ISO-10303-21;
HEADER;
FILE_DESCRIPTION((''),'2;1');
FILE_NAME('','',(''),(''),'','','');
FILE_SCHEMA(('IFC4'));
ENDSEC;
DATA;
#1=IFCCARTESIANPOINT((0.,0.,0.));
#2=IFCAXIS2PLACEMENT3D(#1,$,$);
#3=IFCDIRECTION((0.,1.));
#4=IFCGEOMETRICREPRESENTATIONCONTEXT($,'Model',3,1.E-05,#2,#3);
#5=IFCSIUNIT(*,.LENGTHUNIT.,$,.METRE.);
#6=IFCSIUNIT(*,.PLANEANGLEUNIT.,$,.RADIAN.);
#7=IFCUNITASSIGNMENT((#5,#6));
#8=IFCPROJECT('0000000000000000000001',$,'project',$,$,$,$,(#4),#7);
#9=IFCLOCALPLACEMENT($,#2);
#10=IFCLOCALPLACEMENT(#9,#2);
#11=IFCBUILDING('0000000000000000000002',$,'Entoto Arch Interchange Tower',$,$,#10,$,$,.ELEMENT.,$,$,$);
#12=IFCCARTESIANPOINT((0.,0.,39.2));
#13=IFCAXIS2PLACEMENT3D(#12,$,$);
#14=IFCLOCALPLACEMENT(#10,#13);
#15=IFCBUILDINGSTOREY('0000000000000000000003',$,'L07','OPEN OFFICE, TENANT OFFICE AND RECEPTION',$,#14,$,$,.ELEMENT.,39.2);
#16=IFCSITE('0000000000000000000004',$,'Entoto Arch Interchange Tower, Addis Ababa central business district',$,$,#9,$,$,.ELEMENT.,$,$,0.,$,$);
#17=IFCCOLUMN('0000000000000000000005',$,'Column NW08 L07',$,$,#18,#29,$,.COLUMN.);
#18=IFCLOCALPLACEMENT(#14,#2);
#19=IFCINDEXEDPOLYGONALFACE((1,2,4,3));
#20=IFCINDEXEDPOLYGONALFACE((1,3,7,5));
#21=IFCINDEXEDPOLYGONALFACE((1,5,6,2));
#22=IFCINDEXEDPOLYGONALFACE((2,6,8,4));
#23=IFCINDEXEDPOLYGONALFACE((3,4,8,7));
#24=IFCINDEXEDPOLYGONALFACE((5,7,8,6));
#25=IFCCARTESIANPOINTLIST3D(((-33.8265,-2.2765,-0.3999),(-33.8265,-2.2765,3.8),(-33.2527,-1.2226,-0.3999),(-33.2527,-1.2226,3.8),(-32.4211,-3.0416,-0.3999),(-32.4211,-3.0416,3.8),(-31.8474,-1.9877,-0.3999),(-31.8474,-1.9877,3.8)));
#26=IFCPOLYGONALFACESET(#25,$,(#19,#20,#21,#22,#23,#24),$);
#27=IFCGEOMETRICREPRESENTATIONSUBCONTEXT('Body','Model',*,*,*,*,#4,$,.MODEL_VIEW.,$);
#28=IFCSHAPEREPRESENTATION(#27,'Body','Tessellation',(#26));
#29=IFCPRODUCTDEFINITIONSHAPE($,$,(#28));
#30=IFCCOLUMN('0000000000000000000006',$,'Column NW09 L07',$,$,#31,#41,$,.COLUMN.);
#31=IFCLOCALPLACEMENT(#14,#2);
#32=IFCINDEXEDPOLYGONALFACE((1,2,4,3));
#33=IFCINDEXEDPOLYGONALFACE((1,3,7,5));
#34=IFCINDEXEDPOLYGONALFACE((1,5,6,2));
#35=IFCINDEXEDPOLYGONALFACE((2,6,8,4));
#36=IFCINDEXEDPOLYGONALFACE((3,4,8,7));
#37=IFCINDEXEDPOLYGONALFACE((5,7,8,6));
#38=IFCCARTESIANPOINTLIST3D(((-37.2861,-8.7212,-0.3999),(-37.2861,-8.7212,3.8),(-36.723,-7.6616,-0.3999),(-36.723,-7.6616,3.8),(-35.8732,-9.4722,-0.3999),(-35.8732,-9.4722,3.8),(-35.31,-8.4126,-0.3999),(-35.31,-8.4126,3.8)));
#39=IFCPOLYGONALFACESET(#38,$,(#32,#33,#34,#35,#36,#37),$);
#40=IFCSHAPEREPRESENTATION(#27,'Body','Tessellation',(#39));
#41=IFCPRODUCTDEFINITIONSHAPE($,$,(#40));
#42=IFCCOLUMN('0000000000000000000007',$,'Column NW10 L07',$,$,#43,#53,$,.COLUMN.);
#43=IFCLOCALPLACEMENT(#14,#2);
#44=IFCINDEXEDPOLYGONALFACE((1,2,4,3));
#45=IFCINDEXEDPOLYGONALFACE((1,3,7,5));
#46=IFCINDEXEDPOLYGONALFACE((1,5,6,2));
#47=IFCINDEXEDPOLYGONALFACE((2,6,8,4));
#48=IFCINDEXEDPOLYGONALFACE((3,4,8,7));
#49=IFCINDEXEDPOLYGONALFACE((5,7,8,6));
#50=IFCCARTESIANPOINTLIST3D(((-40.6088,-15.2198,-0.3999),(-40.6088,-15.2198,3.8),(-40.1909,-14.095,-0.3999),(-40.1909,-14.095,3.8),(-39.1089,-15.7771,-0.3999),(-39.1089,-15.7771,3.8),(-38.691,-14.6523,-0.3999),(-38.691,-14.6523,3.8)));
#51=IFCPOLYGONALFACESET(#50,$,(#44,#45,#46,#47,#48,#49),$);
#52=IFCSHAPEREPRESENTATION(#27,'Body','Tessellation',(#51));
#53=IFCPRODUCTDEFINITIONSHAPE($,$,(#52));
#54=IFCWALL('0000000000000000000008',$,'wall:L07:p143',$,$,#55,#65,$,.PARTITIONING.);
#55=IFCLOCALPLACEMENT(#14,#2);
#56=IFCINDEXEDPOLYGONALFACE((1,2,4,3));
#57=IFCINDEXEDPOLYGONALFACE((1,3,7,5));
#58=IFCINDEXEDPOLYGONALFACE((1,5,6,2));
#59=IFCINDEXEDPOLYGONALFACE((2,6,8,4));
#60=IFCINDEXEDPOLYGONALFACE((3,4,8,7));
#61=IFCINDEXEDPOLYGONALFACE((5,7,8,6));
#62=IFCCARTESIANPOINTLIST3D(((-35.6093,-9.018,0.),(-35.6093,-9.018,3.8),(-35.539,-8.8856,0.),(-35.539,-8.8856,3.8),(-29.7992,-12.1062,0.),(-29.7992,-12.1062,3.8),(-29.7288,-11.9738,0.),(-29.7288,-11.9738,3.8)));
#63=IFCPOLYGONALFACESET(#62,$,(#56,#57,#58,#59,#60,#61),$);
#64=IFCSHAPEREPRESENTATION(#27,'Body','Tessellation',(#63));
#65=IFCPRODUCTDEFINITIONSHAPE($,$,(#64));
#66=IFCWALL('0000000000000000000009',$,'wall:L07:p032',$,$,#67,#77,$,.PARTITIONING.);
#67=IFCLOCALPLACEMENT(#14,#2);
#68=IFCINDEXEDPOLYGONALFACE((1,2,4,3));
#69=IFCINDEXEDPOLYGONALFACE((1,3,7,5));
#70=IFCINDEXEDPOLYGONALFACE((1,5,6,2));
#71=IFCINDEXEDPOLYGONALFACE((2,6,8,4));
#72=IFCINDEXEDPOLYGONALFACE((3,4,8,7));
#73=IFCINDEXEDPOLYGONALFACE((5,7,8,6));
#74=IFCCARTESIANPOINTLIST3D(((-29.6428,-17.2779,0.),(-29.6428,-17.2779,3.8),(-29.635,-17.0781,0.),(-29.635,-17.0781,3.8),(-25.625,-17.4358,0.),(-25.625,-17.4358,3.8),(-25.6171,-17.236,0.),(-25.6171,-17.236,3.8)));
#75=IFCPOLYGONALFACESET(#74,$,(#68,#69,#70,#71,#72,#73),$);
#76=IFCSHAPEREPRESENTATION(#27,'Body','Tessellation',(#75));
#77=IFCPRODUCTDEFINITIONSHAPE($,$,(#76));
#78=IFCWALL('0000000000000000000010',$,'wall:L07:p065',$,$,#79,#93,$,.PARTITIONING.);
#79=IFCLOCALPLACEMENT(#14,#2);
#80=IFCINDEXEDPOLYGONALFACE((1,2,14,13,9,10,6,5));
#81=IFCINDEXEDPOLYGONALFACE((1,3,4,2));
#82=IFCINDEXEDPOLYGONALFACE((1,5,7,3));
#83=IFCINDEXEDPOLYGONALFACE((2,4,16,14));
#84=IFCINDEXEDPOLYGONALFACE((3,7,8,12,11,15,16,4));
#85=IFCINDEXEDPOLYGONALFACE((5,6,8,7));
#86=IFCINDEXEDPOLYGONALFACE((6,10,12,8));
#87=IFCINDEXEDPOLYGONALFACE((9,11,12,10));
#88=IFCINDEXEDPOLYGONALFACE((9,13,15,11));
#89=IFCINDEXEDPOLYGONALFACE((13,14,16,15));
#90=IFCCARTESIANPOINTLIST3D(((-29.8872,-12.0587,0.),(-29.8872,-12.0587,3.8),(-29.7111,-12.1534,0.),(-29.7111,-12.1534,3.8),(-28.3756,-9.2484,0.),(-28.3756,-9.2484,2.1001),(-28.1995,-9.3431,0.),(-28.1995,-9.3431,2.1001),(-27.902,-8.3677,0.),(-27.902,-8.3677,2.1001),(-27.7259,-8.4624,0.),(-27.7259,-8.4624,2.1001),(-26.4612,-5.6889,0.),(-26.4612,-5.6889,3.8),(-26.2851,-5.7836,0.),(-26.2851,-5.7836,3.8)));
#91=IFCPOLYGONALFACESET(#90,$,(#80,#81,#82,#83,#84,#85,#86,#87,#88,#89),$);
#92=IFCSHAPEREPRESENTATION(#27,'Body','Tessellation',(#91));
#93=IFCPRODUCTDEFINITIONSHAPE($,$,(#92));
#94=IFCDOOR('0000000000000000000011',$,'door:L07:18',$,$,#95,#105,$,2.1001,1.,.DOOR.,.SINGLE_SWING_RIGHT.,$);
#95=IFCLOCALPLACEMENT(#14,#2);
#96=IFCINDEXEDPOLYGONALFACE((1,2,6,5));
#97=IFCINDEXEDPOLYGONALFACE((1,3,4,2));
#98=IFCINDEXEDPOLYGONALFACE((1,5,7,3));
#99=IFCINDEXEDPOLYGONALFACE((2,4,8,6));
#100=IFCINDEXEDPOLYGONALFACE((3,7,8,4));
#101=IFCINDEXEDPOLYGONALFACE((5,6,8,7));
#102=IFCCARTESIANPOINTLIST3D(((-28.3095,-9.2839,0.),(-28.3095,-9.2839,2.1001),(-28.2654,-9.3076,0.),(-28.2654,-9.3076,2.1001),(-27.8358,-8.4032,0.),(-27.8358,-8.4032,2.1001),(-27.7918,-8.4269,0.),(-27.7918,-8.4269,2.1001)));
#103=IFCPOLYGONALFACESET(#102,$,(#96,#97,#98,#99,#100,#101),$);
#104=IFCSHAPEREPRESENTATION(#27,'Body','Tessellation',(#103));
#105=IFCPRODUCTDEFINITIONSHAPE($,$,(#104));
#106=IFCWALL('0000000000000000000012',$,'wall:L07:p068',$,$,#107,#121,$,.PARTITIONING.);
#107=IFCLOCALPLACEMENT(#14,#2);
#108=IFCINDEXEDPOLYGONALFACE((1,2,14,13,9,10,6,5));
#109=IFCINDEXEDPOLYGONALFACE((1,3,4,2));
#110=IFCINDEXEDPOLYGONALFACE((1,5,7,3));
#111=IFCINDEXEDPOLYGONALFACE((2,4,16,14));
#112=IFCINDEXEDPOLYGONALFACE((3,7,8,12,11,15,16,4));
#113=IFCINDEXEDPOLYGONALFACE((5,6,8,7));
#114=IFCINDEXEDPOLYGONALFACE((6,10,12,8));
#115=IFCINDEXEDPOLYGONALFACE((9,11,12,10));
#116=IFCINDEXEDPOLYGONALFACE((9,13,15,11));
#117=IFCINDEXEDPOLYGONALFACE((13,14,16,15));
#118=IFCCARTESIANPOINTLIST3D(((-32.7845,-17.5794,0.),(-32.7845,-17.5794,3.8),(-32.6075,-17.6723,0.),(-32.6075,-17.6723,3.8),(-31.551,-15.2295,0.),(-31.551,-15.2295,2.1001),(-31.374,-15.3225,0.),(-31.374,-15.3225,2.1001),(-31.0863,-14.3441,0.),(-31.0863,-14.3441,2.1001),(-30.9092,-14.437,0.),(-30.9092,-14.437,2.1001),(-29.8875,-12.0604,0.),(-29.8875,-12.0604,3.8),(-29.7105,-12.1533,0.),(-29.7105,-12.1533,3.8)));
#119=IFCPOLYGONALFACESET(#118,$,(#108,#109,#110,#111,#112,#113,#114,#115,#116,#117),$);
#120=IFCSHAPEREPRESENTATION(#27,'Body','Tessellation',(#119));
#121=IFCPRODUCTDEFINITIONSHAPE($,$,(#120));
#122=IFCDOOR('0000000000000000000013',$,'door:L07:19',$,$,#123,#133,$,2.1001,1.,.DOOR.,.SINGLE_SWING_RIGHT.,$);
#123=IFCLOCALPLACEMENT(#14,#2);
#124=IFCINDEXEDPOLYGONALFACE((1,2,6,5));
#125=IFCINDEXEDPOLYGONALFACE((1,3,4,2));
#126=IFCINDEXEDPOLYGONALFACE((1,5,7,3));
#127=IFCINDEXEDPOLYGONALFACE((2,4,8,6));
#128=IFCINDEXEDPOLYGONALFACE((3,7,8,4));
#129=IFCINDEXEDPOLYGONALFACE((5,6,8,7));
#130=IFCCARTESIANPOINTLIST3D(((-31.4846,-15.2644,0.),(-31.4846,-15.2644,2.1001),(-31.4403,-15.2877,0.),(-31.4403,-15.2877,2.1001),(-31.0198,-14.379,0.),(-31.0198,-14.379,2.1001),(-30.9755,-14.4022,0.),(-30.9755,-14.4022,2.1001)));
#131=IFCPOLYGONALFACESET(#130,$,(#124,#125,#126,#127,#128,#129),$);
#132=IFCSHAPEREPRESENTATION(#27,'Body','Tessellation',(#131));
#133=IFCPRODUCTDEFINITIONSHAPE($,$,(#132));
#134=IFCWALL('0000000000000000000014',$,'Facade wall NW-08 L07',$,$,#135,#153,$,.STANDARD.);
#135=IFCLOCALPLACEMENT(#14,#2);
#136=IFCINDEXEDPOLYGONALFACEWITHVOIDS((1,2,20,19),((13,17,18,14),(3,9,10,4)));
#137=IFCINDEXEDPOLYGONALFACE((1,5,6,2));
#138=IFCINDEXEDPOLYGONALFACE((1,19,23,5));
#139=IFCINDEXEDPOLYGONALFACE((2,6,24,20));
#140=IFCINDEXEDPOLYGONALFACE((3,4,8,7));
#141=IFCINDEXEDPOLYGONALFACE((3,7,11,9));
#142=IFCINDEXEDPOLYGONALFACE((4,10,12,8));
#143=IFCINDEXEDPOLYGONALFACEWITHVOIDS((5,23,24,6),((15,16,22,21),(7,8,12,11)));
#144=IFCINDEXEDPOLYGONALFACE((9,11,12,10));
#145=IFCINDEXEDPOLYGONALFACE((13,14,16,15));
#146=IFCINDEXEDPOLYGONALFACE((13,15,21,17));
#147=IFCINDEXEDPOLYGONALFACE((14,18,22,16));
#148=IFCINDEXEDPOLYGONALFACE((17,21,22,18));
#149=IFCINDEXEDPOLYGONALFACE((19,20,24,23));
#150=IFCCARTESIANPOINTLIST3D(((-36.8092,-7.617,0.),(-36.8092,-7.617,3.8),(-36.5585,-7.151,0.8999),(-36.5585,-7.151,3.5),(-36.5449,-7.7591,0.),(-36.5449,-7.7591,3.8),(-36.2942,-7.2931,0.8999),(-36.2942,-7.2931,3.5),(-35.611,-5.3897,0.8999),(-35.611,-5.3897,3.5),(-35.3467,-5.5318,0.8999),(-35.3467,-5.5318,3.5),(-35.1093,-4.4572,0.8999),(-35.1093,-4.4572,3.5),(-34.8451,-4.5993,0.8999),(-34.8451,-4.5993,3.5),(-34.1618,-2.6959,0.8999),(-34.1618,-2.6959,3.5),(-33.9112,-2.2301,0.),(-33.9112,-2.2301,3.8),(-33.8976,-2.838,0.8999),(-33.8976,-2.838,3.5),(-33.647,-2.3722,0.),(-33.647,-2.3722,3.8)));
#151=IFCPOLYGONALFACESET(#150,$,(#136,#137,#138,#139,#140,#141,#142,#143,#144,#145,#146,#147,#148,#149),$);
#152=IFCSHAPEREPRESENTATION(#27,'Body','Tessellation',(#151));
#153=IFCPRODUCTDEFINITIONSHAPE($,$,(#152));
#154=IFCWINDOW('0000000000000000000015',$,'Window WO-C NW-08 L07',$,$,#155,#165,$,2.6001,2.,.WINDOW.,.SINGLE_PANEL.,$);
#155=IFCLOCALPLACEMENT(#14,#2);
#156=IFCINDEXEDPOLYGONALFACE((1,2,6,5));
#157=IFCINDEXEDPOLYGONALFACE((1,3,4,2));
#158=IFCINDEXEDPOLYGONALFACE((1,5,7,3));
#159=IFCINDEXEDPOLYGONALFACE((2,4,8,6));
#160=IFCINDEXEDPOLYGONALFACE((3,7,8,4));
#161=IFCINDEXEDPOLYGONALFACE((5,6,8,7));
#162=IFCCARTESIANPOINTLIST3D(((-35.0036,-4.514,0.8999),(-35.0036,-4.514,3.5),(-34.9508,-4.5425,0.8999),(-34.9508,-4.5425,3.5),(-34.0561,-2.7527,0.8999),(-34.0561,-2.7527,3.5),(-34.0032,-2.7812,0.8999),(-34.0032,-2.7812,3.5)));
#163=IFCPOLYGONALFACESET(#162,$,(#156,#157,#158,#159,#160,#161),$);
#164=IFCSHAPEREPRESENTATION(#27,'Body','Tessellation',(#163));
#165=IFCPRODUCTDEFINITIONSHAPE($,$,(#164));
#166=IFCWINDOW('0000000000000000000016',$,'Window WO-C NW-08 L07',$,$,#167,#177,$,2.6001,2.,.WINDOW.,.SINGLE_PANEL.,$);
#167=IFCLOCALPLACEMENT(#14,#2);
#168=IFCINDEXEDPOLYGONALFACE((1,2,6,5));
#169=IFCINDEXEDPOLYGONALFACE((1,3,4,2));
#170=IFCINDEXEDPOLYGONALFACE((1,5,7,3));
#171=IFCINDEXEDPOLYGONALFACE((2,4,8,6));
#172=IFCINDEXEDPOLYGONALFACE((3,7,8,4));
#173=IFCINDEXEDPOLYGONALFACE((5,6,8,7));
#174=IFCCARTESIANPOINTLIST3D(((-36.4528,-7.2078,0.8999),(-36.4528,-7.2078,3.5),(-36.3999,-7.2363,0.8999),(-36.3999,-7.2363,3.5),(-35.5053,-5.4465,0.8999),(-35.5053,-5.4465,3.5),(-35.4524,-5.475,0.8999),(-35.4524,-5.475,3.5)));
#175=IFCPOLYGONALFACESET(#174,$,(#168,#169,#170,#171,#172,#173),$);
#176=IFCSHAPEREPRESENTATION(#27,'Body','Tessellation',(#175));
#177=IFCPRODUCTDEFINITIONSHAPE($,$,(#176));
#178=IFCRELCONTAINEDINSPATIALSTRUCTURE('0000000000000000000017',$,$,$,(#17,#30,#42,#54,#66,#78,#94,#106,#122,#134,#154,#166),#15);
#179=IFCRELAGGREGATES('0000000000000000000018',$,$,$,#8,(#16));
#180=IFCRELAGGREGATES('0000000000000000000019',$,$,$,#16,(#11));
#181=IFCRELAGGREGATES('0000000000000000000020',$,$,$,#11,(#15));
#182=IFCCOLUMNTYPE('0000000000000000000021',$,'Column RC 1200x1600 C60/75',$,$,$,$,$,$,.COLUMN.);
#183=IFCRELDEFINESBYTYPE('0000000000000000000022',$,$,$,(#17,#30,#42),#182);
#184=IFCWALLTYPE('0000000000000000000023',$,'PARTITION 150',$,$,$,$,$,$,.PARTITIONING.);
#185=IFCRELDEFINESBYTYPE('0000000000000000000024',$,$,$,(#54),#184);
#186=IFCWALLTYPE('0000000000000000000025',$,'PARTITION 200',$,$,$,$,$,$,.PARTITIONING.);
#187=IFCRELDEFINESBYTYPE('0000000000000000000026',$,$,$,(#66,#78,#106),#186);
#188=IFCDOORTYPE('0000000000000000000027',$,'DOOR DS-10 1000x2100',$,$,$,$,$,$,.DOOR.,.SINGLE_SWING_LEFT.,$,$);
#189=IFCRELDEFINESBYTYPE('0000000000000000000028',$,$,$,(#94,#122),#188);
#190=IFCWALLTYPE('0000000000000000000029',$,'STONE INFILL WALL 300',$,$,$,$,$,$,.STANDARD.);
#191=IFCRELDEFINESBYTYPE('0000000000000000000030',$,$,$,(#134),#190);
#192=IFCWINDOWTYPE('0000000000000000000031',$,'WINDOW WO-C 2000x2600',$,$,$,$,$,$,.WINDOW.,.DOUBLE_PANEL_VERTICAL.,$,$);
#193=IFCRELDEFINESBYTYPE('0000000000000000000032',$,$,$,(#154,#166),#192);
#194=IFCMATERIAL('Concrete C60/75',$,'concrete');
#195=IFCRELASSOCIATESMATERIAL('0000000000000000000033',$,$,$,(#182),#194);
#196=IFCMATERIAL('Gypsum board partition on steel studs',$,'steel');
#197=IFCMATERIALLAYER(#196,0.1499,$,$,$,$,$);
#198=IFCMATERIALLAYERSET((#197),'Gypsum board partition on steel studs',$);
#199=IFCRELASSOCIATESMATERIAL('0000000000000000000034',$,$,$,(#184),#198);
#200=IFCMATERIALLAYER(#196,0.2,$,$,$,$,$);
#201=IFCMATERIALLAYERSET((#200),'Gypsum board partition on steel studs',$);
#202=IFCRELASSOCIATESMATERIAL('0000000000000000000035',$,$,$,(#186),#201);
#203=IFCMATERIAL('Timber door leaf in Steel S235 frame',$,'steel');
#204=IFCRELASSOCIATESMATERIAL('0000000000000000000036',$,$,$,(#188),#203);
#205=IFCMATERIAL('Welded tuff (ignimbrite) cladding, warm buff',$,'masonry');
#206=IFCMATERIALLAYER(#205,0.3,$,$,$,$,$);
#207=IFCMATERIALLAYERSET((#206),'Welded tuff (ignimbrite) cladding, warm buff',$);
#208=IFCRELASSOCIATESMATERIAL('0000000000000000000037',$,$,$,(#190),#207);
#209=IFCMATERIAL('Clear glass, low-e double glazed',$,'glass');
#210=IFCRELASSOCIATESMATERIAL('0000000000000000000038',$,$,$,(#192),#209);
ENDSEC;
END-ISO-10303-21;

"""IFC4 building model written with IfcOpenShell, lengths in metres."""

from ifc_helpers import new_model, si_unit, direction, frame, frame_2d, origin, origin_2d, place, context, subcontext, project, spatial, rectangle, extrude, material, layer, layer_set, material_profile, profile_set, type_object, element, fill, save


model = new_model("IFC4")

# Units and contexts
model_context = context("Model", 3, precision=1e-05, world=origin(), true_north=direction((0.0, 1.0)))
body_context = subcontext(model_context, "Body", "Model", "MODEL_VIEW")
ifc_project = project(units=[si_unit("LENGTHUNIT", "METRE"), si_unit("PLANEANGLEUNIT", "RADIAN")], contexts=[model_context])

# Site, building, storey
site_placement = place(None, origin())
site = spatial("IfcSite", under=ifc_project, at=site_placement, Name="Entoto Arch Interchange Tower, Addis Ababa central business district", CompositionType="ELEMENT", RefElevation=0.0)
building_placement = place(site_placement, origin())
building = spatial("IfcBuilding", under=site, at=building_placement, Name="Entoto Arch Interchange Tower", CompositionType="ELEMENT")
storey_placement = place(building_placement, frame((0.0, 0.0, 39.2)))
storey = spatial("IfcBuildingStorey", under=building, at=storey_placement, Name="L07", Description="OPEN OFFICE, TENANT OFFICE AND RECEPTION", CompositionType="ELEMENT", Elevation=39.2)

# Columns
ifc_material_1 = material(Name="Concrete C60/75", Category="concrete")
ifc_material_profile = material_profile(ifc_material_1, rectangle(XDim=1.2, YDim=1.6001, at=origin_2d()))
ifc_profile_set = profile_set([ifc_material_profile], Name="Concrete C60/75")
column_type = type_object("IfcColumnType", Name="Column RC 1200x1600 C60/75", PredefinedType="COLUMN", material=ifc_profile_set)
for number, where, z_axis, x_axis, name in (
    (1, (-32.8369, -2.1321, -0.3999), (0.0, 0.0, 1.0), (0.47814, 0.878284, 0.0), "Column NW08 L07"),
    (2, (-36.2981, -8.5669, -0.3999), (0.0, 0.0, 1.0), (0.469317, 0.88303, 0.0), "Column NW09 L07"),
    (3, (-39.6499, -14.936, -0.3999), (0.0, 0.0, 1.0), (0.348278, 0.937391, 0.0), "Column NW10 L07"),
):
    element("IfcColumn", number, at=place(storey_placement, frame(where, z_axis=z_axis, x_axis=x_axis)), inside=storey, type_object=column_type, Name=name, PredefinedType="COLUMN", context=body_context, shape_type="SweptSolid", body=[
        extrude(rectangle(XDim=1.2, YDim=1.6001, at=origin_2d()), origin(), (0.0, 0.0, 1.0), 4.2),
    ])

# Walls
ifc_material_2 = material(Name="Gypsum board partition on steel studs", Category="steel")
ifc_layer_1 = layer(ifc_material_2, 0.1499)
ifc_layer_set_1 = layer_set([ifc_layer_1], Name="Gypsum board partition on steel studs")
wall_type_1 = type_object("IfcWallType", Name="PARTITION 150", PredefinedType="PARTITIONING", material=ifc_layer_set_1)
wall_1_placement = place(storey_placement, frame((-29.7639, -12.04, 0.0), z_axis=(0.0, 0.0, 1.0), x_axis=(-0.883019, 0.469338, 0.0)))
element("IfcWall", 4, at=wall_1_placement, inside=storey, type_object=wall_type_1, Name="wall:L07:p143", PredefinedType="PARTITIONING", context=body_context, shape_type="SweptSolid", body=[
    extrude(rectangle(XDim=6.5798, YDim=0.1499, at=frame_2d((3.29, 0.0))), origin(), (0.0, 0.0, 1.0), 3.8),
])
ifc_layer_2 = layer(ifc_material_2, 0.2)
ifc_layer_set_2 = layer_set([ifc_layer_2], Name="Gypsum board partition on steel studs")
wall_type_2 = type_object("IfcWallType", Name="PARTITION 200", PredefinedType="PARTITIONING", material=ifc_layer_set_2)
wall_2_placement = place(storey_placement, frame((-29.6389, -17.178, 0.0), z_axis=(0.0, 0.0, 1.0), x_axis=(0.999228, -0.039284, 0.0)))
element("IfcWall", 5, at=wall_2_placement, inside=storey, type_object=wall_type_2, Name="wall:L07:p032", PredefinedType="PARTITIONING", context=body_context, shape_type="SweptSolid", body=[
    extrude(rectangle(XDim=4.021, YDim=0.2, at=frame_2d((2.0105, 0.0))), origin(), (0.0, 0.0, 1.0), 3.8),
])

# Walls, openings, doors
wall_3_placement = place(storey_placement, frame((-29.7991, -12.106, 0.0), z_axis=(0.0, 0.0, 1.0), x_axis=(0.473681, 0.880696, 0.0)))
wall_3 = element("IfcWall", 6, at=wall_3_placement, inside=storey, type_object=wall_type_2, Name="wall:L07:p065", PredefinedType="PARTITIONING", context=body_context, shape_type="SweptSolid", body=[
    extrude(rectangle(XDim=7.2327, YDim=0.2, at=frame_2d((3.6162, 0.0))), origin(), (0.0, 0.0, 1.0), 3.8),
])
opening_1_placement = place(wall_3_placement, frame((3.1909, 0.0, 0.0)))
opening_1 = element("IfcOpeningElement", 7, at=opening_1_placement, cuts=wall_3, PredefinedType="OPENING", context=body_context, shape_type="SweptSolid", body=[
    extrude(rectangle(XDim=1.0, YDim=2.1001, at=frame_2d((0.5, 1.05))), frame((0.0, 0.1099, 0.0), z_axis=(0.0, -1.0, 0.0), x_axis=(1.0, 0.0, 0.0)), (0.0, 0.0, 1.0), 0.22),
])
ifc_material_3 = material(Name="Timber door leaf in Steel S235 frame", Category="steel")
door_type = type_object("IfcDoorType", Name="DOOR DS-10 1000x2100", OperationType="SINGLE_SWING_LEFT", PredefinedType="DOOR", material=ifc_material_3)
door_1_placement = place(opening_1_placement, origin())
door_1 = element("IfcDoor", 8, at=door_1_placement, inside=storey, type_object=door_type, Name="door:L07:18", OperationType="SINGLE_SWING_RIGHT", OverallHeight=2.1001, OverallWidth=1.0, PredefinedType="DOOR", context=body_context, shape_type="SweptSolid", body=[
    extrude(rectangle(XDim=1.0, YDim=2.1001, at=frame_2d((0.5, 1.05))), frame((0.0, 0.0249, 0.0), z_axis=(0.0, -1.0, 0.0), x_axis=(1.0, 0.0, 0.0)), (0.0, 0.0, 1.0), 0.05),
])
fill(opening_1, door_1)
wall_4_placement = place(storey_placement, frame((-32.696, -17.626, 0.0), z_axis=(0.0, 0.0, 1.0), x_axis=(0.464768, 0.885433, 0.0)))
wall_4 = element("IfcWall", 9, at=wall_4_placement, inside=storey, type_object=wall_type_2, Name="wall:L07:p068", PredefinedType="PARTITIONING", context=body_context, shape_type="SweptSolid", body=[
    extrude(rectangle(XDim=6.2332, YDim=0.2, at=frame_2d((3.1167, 0.0))), origin(), (0.0, 0.0, 1.0), 3.8),
])
opening_2_placement = place(wall_4_placement, frame((2.6541, 0.0, 0.0)))
opening_2 = element("IfcOpeningElement", 10, at=opening_2_placement, cuts=wall_4, PredefinedType="OPENING", context=body_context, shape_type="SweptSolid", body=[
    extrude(rectangle(XDim=1.0, YDim=2.1001, at=frame_2d((0.5, 1.05))), frame((0.0, 0.1099, 0.0), z_axis=(0.0, -1.0, 0.0), x_axis=(1.0, 0.0, 0.0)), (0.0, 0.0, 1.0), 0.22),
])
door_2_placement = place(opening_2_placement, origin())
door_2 = element("IfcDoor", 11, at=door_2_placement, inside=storey, type_object=door_type, Name="door:L07:19", OperationType="SINGLE_SWING_RIGHT", OverallHeight=2.1001, OverallWidth=1.0, PredefinedType="DOOR", context=body_context, shape_type="SweptSolid", body=[
    extrude(rectangle(XDim=1.0, YDim=2.1001, at=frame_2d((0.5, 1.05))), frame((0.0, 0.0249, 0.0), z_axis=(0.0, -1.0, 0.0), x_axis=(1.0, 0.0, 0.0)), (0.0, 0.0, 1.0), 0.05),
])
fill(opening_2, door_2)

# Wall, openings, windows
ifc_material_4 = material(Name="Welded tuff (ignimbrite) cladding, warm buff", Category="masonry")
ifc_layer_3 = layer(ifc_material_4, 0.3)
ifc_layer_set_3 = layer_set([ifc_layer_3], Name="Welded tuff (ignimbrite) cladding, warm buff")
wall_type_3 = type_object("IfcWallType", Name="STONE INFILL WALL 300", PredefinedType="STANDARD", material=ifc_layer_set_3)
wall_5_placement = place(storey_placement, frame((-33.7791, -2.301, 0.0), z_axis=(0.0, 0.0, 1.0), x_axis=(-0.473755, -0.880657, 0.0)))
wall_5 = element("IfcWall", 12, at=wall_5_placement, inside=storey, type_object=wall_type_3, Name="Facade wall NW-08 L07", PredefinedType="STANDARD", context=body_context, shape_type="SweptSolid", body=[
    extrude(rectangle(XDim=6.1169, YDim=0.3, at=frame_2d((3.0586, 0.0))), origin(), (0.0, 0.0, 1.0), 3.8),
])
opening_3_placement = place(wall_5_placement, frame((0.5291, 0.0, 0.8999)))
opening_3 = element("IfcOpeningElement", 13, at=opening_3_placement, cuts=wall_5, PredefinedType="OPENING", context=body_context, shape_type="SweptSolid", body=[
    extrude(rectangle(XDim=2.0, YDim=2.6001, at=frame_2d((1.0, 1.3))), frame((0.0, 0.1602, 0.0), z_axis=(0.0, -1.0, 0.0), x_axis=(1.0, 0.0, 0.0)), (0.0, 0.0, 1.0), 0.3201),
])
opening_4_placement = place(wall_5_placement, frame((3.5879, 0.0, 0.8999)))
opening_4 = element("IfcOpeningElement", 14, at=opening_4_placement, cuts=wall_5, PredefinedType="OPENING", context=body_context, shape_type="SweptSolid", body=[
    extrude(rectangle(XDim=2.0, YDim=2.6001, at=frame_2d((1.0, 1.3))), frame((0.0, 0.1602, 0.0), z_axis=(0.0, -1.0, 0.0), x_axis=(1.0, 0.0, 0.0)), (0.0, 0.0, 1.0), 0.3201),
])
ifc_material_5 = material(Name="Clear glass, low-e double glazed", Category="glass")
window_type_1 = type_object("IfcWindowType", Name="WINDOW WO-C 2000x2600", PartitioningType="DOUBLE_PANEL_VERTICAL", PredefinedType="WINDOW", material=ifc_material_5)
window_1_placement = place(opening_3_placement, origin())
window_1 = element("IfcWindow", 15, at=window_1_placement, inside=storey, type_object=window_type_1, Name="Window WO-C NW-08 L07", OverallHeight=2.6001, OverallWidth=2.0, PartitioningType="SINGLE_PANEL", PredefinedType="WINDOW", context=body_context, shape_type="SweptSolid", body=[
    extrude(rectangle(XDim=2.0, YDim=2.6001, at=frame_2d((1.0, 1.3))), frame((0.0, 0.03, 0.0), z_axis=(0.0, -1.0, 0.0), x_axis=(1.0, 0.0, 0.0)), (0.0, 0.0, 1.0), 0.0601),
])
fill(opening_3, window_1)
window_2_placement = place(opening_4_placement, origin())
window_2 = element("IfcWindow", 16, at=window_2_placement, inside=storey, type_object=window_type_1, Name="Window WO-C NW-08 L07", OverallHeight=2.6001, OverallWidth=2.0, PartitioningType="SINGLE_PANEL", PredefinedType="WINDOW", context=body_context, shape_type="SweptSolid", body=[
    extrude(rectangle(XDim=2.0, YDim=2.6001, at=frame_2d((1.0, 1.3))), frame((0.0, 0.03, 0.0), z_axis=(0.0, -1.0, 0.0), x_axis=(1.0, 0.0, 0.0)), (0.0, 0.0, 1.0), 0.0601),
])
fill(opening_4, window_2)

save(model, "model.ifc")
